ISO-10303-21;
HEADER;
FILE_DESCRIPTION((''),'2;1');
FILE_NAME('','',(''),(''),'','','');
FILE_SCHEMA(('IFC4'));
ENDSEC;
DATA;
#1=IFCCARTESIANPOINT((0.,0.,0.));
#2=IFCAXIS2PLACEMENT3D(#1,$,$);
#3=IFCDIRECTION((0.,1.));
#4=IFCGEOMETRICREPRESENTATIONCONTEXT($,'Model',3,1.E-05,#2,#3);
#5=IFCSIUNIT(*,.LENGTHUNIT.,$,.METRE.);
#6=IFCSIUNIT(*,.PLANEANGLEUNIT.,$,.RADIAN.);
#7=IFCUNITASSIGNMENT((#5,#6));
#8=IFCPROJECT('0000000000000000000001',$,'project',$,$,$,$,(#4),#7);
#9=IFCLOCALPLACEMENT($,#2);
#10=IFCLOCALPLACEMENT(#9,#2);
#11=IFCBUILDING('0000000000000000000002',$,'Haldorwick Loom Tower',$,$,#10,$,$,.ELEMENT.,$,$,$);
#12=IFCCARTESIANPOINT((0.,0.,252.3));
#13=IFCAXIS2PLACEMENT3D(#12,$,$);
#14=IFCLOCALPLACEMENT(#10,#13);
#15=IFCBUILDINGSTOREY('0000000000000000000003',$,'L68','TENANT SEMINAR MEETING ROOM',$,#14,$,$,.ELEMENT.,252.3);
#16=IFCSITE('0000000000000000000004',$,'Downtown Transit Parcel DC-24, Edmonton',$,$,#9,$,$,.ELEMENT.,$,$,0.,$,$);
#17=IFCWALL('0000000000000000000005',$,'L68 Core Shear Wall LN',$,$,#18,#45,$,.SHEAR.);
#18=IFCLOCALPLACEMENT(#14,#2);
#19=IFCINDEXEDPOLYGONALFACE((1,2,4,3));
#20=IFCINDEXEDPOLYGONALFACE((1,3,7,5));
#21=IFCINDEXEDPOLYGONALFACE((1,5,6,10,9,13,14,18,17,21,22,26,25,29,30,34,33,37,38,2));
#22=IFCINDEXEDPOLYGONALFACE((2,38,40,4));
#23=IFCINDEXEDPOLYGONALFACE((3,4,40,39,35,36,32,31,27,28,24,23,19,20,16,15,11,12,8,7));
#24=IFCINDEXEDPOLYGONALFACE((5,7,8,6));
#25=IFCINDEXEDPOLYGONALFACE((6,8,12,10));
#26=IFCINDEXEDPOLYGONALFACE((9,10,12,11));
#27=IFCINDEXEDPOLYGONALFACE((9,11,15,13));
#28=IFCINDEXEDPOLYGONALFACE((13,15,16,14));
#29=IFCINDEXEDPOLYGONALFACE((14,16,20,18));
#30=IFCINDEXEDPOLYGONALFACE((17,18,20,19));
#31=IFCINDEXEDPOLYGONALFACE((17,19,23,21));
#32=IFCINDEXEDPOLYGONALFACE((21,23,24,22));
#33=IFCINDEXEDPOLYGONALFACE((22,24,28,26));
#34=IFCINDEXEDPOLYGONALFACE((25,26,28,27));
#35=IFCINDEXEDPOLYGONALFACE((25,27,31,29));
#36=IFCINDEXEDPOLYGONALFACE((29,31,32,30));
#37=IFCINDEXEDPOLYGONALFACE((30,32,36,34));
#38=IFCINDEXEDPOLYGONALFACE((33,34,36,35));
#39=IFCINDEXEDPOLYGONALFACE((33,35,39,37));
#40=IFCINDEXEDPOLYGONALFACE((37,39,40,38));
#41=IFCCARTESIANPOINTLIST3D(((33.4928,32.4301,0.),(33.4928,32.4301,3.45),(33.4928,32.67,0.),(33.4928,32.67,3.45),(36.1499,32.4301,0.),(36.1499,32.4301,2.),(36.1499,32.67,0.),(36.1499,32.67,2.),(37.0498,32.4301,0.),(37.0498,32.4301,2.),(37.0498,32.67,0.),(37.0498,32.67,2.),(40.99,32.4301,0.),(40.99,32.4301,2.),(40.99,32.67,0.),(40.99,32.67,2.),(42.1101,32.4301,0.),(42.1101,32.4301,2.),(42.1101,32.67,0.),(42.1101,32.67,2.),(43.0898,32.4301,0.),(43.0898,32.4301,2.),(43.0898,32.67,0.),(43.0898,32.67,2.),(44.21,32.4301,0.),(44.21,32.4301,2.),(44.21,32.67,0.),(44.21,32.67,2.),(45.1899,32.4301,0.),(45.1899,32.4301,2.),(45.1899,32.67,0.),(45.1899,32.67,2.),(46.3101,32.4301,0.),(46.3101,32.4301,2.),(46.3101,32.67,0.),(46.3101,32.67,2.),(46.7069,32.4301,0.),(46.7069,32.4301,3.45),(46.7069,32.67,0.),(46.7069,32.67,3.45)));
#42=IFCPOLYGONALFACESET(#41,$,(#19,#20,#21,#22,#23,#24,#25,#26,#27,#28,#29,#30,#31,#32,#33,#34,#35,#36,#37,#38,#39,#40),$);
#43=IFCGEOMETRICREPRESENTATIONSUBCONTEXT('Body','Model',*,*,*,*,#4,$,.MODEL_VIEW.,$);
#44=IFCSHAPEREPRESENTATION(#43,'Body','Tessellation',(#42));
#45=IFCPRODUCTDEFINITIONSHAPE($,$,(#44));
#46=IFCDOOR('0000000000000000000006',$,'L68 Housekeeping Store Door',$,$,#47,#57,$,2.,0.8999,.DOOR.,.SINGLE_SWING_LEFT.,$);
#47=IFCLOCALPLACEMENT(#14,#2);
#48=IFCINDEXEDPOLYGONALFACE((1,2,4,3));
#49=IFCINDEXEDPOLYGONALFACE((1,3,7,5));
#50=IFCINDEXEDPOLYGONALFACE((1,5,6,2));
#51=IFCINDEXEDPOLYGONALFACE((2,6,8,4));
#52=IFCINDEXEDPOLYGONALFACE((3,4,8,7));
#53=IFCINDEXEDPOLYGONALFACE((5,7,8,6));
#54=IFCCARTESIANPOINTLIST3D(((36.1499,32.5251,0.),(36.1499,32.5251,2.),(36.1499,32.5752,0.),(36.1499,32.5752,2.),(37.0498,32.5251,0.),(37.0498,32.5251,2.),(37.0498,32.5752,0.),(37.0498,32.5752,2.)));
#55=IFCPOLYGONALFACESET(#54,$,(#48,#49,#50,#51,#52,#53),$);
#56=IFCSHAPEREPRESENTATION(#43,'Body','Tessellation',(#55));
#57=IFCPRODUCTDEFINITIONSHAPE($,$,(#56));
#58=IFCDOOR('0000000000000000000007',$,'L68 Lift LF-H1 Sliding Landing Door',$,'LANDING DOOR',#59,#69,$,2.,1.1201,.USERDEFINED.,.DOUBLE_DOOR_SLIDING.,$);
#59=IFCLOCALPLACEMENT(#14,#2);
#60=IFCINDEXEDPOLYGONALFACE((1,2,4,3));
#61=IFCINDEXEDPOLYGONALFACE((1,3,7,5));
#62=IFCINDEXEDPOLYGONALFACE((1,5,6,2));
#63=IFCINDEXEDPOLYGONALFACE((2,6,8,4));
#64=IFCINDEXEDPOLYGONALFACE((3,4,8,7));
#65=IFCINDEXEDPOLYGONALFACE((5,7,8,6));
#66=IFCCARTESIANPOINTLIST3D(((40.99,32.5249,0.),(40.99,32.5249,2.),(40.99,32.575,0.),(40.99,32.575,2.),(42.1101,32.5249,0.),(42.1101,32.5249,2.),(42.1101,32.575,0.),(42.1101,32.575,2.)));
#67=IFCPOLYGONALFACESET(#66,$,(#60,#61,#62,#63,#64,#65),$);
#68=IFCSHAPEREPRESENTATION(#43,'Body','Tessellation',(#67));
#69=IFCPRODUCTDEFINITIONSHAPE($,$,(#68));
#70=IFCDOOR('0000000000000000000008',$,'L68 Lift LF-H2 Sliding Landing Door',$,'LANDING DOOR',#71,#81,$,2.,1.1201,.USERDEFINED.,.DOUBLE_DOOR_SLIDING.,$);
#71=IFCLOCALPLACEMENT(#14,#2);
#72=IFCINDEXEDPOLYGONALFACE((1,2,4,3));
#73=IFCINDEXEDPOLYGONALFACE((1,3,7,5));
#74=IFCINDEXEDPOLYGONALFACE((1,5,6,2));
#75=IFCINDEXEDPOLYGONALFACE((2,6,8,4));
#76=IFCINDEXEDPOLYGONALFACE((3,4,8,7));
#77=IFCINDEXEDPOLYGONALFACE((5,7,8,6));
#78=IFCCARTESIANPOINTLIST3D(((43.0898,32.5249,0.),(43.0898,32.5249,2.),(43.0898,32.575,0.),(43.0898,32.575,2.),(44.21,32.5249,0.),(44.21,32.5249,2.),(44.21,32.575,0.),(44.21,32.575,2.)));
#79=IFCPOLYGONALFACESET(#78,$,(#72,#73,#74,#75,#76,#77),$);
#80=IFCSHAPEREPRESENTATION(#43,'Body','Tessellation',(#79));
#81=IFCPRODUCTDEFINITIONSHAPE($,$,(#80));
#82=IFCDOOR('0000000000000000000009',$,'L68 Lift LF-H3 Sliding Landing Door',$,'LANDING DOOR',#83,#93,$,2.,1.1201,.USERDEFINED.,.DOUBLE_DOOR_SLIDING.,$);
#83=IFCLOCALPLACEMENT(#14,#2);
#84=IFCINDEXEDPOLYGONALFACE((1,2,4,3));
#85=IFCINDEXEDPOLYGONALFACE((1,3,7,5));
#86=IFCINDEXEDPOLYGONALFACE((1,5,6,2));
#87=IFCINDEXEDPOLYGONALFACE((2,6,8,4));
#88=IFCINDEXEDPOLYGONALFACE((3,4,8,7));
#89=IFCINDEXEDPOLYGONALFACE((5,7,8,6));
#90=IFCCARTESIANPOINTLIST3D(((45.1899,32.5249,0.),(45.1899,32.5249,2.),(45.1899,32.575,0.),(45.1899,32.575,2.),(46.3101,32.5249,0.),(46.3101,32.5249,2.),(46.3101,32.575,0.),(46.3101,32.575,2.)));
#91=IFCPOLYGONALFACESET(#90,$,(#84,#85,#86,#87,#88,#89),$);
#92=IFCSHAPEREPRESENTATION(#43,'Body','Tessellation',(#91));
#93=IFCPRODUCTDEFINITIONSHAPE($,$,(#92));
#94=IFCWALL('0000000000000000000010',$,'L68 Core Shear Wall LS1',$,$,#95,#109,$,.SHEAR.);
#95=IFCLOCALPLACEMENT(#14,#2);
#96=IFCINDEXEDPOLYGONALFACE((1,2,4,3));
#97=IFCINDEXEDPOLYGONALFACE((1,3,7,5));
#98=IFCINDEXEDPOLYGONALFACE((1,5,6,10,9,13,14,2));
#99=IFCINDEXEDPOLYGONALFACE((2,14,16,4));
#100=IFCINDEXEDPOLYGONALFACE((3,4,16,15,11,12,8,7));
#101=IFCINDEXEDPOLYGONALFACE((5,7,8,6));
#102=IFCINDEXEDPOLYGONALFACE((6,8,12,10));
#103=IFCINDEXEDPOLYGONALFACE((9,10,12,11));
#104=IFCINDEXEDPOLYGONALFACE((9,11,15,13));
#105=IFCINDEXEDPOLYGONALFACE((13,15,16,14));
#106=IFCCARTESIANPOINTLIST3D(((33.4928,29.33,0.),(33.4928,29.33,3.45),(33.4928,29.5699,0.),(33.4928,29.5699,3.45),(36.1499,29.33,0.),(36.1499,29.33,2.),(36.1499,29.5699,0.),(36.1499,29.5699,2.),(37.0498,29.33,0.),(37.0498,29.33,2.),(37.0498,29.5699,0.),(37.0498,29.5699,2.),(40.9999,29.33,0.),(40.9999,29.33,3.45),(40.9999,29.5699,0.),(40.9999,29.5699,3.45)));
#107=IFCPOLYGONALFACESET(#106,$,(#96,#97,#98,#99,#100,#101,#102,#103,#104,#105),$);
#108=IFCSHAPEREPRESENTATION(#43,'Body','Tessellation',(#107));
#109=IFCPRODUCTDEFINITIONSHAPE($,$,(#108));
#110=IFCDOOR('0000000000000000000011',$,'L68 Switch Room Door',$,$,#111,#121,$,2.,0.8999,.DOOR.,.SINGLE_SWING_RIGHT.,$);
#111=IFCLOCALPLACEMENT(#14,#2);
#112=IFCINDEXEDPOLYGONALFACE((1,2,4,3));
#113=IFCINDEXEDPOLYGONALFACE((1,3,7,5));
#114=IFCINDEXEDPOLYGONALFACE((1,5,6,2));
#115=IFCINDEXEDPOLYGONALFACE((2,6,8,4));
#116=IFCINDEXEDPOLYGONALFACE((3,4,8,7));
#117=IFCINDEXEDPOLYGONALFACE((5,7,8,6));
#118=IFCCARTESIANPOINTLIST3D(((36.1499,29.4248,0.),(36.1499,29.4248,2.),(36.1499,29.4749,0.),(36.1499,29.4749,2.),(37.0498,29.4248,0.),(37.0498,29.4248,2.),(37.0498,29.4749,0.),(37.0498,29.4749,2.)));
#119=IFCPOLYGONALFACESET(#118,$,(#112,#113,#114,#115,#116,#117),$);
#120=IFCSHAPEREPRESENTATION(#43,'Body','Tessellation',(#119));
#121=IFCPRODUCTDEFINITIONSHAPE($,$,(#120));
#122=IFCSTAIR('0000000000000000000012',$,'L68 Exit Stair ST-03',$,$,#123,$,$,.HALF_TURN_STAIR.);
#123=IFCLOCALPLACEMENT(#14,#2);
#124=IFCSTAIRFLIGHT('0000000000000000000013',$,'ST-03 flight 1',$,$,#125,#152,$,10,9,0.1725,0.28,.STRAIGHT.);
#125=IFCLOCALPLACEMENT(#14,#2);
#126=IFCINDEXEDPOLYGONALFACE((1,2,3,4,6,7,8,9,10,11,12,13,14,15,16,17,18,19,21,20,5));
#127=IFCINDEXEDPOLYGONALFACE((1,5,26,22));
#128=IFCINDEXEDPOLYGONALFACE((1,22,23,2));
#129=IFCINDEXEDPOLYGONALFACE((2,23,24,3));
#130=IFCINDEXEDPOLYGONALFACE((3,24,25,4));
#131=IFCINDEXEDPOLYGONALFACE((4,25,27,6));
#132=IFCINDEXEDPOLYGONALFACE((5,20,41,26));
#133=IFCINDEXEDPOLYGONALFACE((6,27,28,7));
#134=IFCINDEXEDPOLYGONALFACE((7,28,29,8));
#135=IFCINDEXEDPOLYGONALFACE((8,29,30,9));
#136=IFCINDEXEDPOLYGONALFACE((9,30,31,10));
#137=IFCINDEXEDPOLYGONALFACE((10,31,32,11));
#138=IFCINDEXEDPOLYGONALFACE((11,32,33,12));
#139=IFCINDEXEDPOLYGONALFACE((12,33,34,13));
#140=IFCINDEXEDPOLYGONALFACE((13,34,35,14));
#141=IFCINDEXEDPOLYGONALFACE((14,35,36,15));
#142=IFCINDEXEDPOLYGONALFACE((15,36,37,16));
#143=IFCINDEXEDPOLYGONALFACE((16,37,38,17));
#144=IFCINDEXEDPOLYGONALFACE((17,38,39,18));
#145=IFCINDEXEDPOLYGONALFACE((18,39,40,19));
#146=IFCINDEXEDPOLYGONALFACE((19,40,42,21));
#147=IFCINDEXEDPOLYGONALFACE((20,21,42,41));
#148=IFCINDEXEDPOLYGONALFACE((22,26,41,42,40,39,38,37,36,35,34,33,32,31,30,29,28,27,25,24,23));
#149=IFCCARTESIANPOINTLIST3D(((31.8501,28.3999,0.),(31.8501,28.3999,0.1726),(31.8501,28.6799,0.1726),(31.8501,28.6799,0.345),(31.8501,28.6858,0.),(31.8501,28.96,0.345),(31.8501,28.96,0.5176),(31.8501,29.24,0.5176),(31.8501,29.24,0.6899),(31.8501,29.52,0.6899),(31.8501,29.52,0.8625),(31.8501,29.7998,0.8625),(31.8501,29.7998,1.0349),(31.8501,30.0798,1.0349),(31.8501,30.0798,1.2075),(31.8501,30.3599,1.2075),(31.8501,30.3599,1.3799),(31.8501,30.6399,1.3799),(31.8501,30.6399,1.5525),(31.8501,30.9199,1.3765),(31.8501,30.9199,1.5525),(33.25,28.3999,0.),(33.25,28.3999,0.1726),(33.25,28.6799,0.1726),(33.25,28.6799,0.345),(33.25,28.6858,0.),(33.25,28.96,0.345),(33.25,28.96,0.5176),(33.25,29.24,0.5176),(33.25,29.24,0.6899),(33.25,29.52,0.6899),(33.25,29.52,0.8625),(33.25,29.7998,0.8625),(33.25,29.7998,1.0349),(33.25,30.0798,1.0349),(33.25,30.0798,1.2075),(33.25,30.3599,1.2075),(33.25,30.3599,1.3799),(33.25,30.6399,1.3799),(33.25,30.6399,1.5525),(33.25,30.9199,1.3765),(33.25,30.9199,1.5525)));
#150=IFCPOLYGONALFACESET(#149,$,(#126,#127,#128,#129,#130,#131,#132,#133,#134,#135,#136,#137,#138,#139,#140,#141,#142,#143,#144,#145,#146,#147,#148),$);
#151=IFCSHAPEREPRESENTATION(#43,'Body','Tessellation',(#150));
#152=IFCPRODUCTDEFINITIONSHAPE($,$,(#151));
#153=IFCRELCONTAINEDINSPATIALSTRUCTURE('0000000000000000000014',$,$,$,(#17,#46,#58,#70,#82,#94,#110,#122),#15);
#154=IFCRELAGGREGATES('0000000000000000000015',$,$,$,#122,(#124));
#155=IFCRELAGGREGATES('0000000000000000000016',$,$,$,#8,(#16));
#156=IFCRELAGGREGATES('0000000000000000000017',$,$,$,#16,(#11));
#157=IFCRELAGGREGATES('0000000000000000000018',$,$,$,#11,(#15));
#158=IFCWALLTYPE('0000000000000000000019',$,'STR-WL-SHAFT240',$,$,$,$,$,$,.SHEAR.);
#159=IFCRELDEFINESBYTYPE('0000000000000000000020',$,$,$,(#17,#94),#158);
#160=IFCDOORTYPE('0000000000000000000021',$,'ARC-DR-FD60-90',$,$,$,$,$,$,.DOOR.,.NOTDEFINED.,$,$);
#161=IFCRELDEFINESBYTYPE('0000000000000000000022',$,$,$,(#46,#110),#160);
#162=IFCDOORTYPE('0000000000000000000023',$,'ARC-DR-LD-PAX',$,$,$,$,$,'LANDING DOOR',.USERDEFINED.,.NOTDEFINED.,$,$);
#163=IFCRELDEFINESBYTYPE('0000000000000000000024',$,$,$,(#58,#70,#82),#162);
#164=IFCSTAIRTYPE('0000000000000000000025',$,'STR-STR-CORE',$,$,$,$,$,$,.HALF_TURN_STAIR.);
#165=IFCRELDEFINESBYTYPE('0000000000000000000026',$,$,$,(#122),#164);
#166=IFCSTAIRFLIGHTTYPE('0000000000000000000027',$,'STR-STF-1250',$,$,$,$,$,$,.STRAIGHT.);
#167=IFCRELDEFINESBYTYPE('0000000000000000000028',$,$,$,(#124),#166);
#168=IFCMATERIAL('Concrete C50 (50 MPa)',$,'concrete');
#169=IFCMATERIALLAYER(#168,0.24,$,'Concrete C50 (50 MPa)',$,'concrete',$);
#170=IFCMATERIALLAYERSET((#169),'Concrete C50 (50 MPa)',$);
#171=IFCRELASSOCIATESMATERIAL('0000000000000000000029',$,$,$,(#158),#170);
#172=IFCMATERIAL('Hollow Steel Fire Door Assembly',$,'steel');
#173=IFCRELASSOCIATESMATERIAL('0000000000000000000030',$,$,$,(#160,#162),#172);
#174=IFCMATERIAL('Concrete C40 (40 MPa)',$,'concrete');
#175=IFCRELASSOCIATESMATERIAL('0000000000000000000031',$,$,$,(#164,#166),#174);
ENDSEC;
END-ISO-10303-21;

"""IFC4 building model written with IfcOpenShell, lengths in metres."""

from ifc_helpers import new_model, si_unit, direction, frame, frame_2d, origin, place, context, subcontext, project, spatial, polyline, rectangle, outline, extrude, material, layer, layer_set, type_object, element, fill, aggregate, save


model = new_model("IFC4")

# Units and contexts
model_context = context("Model", 3, precision=1e-05, world=origin(), true_north=direction((0.0, 1.0)))
body_context = subcontext(model_context, "Body", "Model", "MODEL_VIEW")
ifc_project = project(units=[si_unit("LENGTHUNIT", "METRE"), si_unit("PLANEANGLEUNIT", "RADIAN")], contexts=[model_context])

# Site, building, storey
site_placement = place(None, origin())
site = spatial("IfcSite", under=ifc_project, at=site_placement, Name="Downtown Transit Parcel DC-24, Edmonton", CompositionType="ELEMENT", RefElevation=0.0)
building_placement = place(site_placement, origin())
building = spatial("IfcBuilding", under=site, at=building_placement, Name="Haldorwick Loom Tower", CompositionType="ELEMENT")
storey_placement = place(building_placement, frame((0.0, 0.0, 252.3)))
storey = spatial("IfcBuildingStorey", under=building, at=storey_placement, Name="L68", Description="TENANT SEMINAR MEETING ROOM", CompositionType="ELEMENT", Elevation=252.3)

# Shared definitions
ifc_material_1 = material(Name="Concrete C50 (50 MPa)", Category="concrete")
ifc_layer = layer(ifc_material_1, 0.24, Name="Concrete C50 (50 MPa)", Category="concrete")
ifc_layer_set = layer_set([ifc_layer], Name="Concrete C50 (50 MPa)")
wall_type = type_object("IfcWallType", Name="STR-WL-SHAFT240", PredefinedType="SHEAR", material=ifc_layer_set)

# Shared definitions
ifc_material_2 = material(Name="Hollow Steel Fire Door Assembly", Category="steel")

# Wall, openings, doors
wall_1_placement = place(storey_placement, frame((33.4929, 32.55, 0.0), z_axis=(0.0, 0.0, 1.0), x_axis=(1.0, 0.0, 0.0)))
wall_1 = element("IfcWall", 1, at=wall_1_placement, inside=storey, type_object=wall_type, Name="L68 Core Shear Wall LN", PredefinedType="SHEAR", context=body_context, shape_type="SweptSolid", body=[
    extrude(rectangle(XDim=13.2141, YDim=0.24, at=frame_2d((6.6069, 0.0))), origin(), (0.0, 0.0, 1.0), 3.45),
])
opening_1_placement = place(wall_1_placement, frame((2.657, 0.0, 0.0)))
opening_1 = element("IfcOpeningElement", 2, at=opening_1_placement, cuts=wall_1, PredefinedType="OPENING", context=body_context, shape_type="SweptSolid", body=[
    extrude(rectangle(XDim=0.8999, YDim=2.0, at=frame_2d((0.45, 1.0))), frame((0.0, 0.1299, 0.0), z_axis=(0.0, -1.0, 0.0), x_axis=(1.0, 0.0, 0.0)), (0.0, 0.0, 1.0), 0.26),
])
opening_2_placement = place(wall_1_placement, frame((7.4971, 0.0, 0.0)))
opening_2 = element("IfcOpeningElement", 3, at=opening_2_placement, cuts=wall_1, PredefinedType="OPENING", context=body_context, shape_type="SweptSolid", body=[
    extrude(rectangle(XDim=1.1201, YDim=2.0, at=frame_2d((0.5601, 1.0))), frame((0.0, 0.1299, 0.0), z_axis=(0.0, -1.0, 0.0), x_axis=(1.0, 0.0, 0.0)), (0.0, 0.0, 1.0), 0.26),
])
opening_3_placement = place(wall_1_placement, frame((9.5969, 0.0, 0.0)))
opening_3 = element("IfcOpeningElement", 4, at=opening_3_placement, cuts=wall_1, PredefinedType="OPENING", context=body_context, shape_type="SweptSolid", body=[
    extrude(rectangle(XDim=1.1201, YDim=2.0, at=frame_2d((0.5601, 1.0))), frame((0.0, 0.1299, 0.0), z_axis=(0.0, -1.0, 0.0), x_axis=(1.0, 0.0, 0.0)), (0.0, 0.0, 1.0), 0.26),
])
opening_4_placement = place(wall_1_placement, frame((11.697, 0.0, 0.0)))
opening_4 = element("IfcOpeningElement", 5, at=opening_4_placement, cuts=wall_1, PredefinedType="OPENING", context=body_context, shape_type="SweptSolid", body=[
    extrude(rectangle(XDim=1.1201, YDim=2.0, at=frame_2d((0.5601, 1.0))), frame((0.0, 0.1299, 0.0), z_axis=(0.0, -1.0, 0.0), x_axis=(1.0, 0.0, 0.0)), (0.0, 0.0, 1.0), 0.26),
])
door_type_1 = type_object("IfcDoorType", Name="ARC-DR-FD60-90", OperationType="NOTDEFINED", PredefinedType="DOOR", material=ifc_material_2)
door_1_placement = place(opening_1_placement, frame((0.8999, 0.0, 0.0), z_axis=(0.0, 0.0, 1.0), x_axis=(-1.0, 0.0, 0.0)))
door_1 = element("IfcDoor", 6, at=door_1_placement, inside=storey, type_object=door_type_1, Name="L68 Housekeeping Store Door", OperationType="SINGLE_SWING_LEFT", OverallHeight=2.0, OverallWidth=0.8999, PredefinedType="DOOR", context=body_context, shape_type="SweptSolid", body=[
    extrude(rectangle(XDim=0.8999, YDim=2.0, at=frame_2d((0.45, 1.0))), frame((0.0, 0.0249, 0.0), z_axis=(0.0, -1.0, 0.0), x_axis=(1.0, 0.0, 0.0)), (0.0, 0.0, 1.0), 0.05),
])
fill(opening_1, door_1)
door_type_2 = type_object("IfcDoorType", Name="ARC-DR-LD-PAX", ElementType="LANDING DOOR", OperationType="NOTDEFINED", PredefinedType="USERDEFINED", material=ifc_material_2)
door_2_placement = place(opening_2_placement, origin())
door_2 = element("IfcDoor", 7, at=door_2_placement, inside=storey, type_object=door_type_2, Name="L68 Lift LF-H1 Sliding Landing Door", ObjectType="LANDING DOOR", OperationType="DOUBLE_DOOR_SLIDING", OverallHeight=2.0, OverallWidth=1.1201, PredefinedType="USERDEFINED", context=body_context, shape_type="SweptSolid", body=[
    extrude(rectangle(XDim=1.1201, YDim=2.0, at=frame_2d((0.5601, 1.0))), frame((0.0, 0.0249, 0.0), z_axis=(0.0, -1.0, 0.0), x_axis=(1.0, 0.0, 0.0)), (0.0, 0.0, 1.0), 0.05),
])
fill(opening_2, door_2)
door_3_placement = place(opening_3_placement, origin())
door_3 = element("IfcDoor", 8, at=door_3_placement, inside=storey, type_object=door_type_2, Name="L68 Lift LF-H2 Sliding Landing Door", ObjectType="LANDING DOOR", OperationType="DOUBLE_DOOR_SLIDING", OverallHeight=2.0, OverallWidth=1.1201, PredefinedType="USERDEFINED", context=body_context, shape_type="SweptSolid", body=[
    extrude(rectangle(XDim=1.1201, YDim=2.0, at=frame_2d((0.5601, 1.0))), frame((0.0, 0.0249, 0.0), z_axis=(0.0, -1.0, 0.0), x_axis=(1.0, 0.0, 0.0)), (0.0, 0.0, 1.0), 0.05),
])
fill(opening_3, door_3)
door_4_placement = place(opening_4_placement, origin())
door_4 = element("IfcDoor", 9, at=door_4_placement, inside=storey, type_object=door_type_2, Name="L68 Lift LF-H3 Sliding Landing Door", ObjectType="LANDING DOOR", OperationType="DOUBLE_DOOR_SLIDING", OverallHeight=2.0, OverallWidth=1.1201, PredefinedType="USERDEFINED", context=body_context, shape_type="SweptSolid", body=[
    extrude(rectangle(XDim=1.1201, YDim=2.0, at=frame_2d((0.5601, 1.0))), frame((0.0, 0.0249, 0.0), z_axis=(0.0, -1.0, 0.0), x_axis=(1.0, 0.0, 0.0)), (0.0, 0.0, 1.0), 0.05),
])
fill(opening_4, door_4)

# Wall, opening, door
wall_2_placement = place(storey_placement, frame((33.4929, 29.45, 0.0), z_axis=(0.0, 0.0, 1.0), x_axis=(1.0, 0.0, 0.0)))
wall_2 = element("IfcWall", 10, at=wall_2_placement, inside=storey, type_object=wall_type, Name="L68 Core Shear Wall LS1", PredefinedType="SHEAR", context=body_context, shape_type="SweptSolid", body=[
    extrude(rectangle(XDim=7.5071, YDim=0.24, at=frame_2d((3.7534, 0.0))), origin(), (0.0, 0.0, 1.0), 3.45),
])
opening_5_placement = place(wall_2_placement, frame((2.657, 0.0, 0.0)))
opening_5 = element("IfcOpeningElement", 11, at=opening_5_placement, cuts=wall_2, PredefinedType="OPENING", context=body_context, shape_type="SweptSolid", body=[
    extrude(rectangle(XDim=0.8999, YDim=2.0, at=frame_2d((0.45, 1.0))), frame((0.0, 0.1299, 0.0), z_axis=(0.0, -1.0, 0.0), x_axis=(1.0, 0.0, 0.0)), (0.0, 0.0, 1.0), 0.26),
])
door_5_placement = place(opening_5_placement, origin())
door_5 = element("IfcDoor", 12, at=door_5_placement, inside=storey, type_object=door_type_1, Name="L68 Switch Room Door", OperationType="SINGLE_SWING_RIGHT", OverallHeight=2.0, OverallWidth=0.8999, PredefinedType="DOOR", context=body_context, shape_type="SweptSolid", body=[
    extrude(rectangle(XDim=0.8999, YDim=2.0, at=frame_2d((0.45, 1.0))), frame((0.0, 0.0249, 0.0), z_axis=(0.0, -1.0, 0.0), x_axis=(1.0, 0.0, 0.0)), (0.0, 0.0, 1.0), 0.05),
])
fill(opening_5, door_5)

# Stair, stair flight
ifc_material_3 = material(Name="Concrete C40 (40 MPa)", Category="concrete")
stair_type = type_object("IfcStairType", Name="STR-STR-CORE", PredefinedType="HALF_TURN_STAIR", material=ifc_material_3)
stair_placement = place(storey_placement, origin())
stair = element("IfcStair", 13, at=stair_placement, inside=storey, type_object=stair_type, Name="L68 Exit Stair ST-03", PredefinedType="HALF_TURN_STAIR")
stair_flight_type = type_object("IfcStairFlightType", Name="STR-STF-1250", PredefinedType="STRAIGHT", material=ifc_material_3)
stair_flight_1_placement = place(storey_placement, frame((32.55, 28.3999, 0.0), z_axis=(0.0, 0.0, 1.0), x_axis=(0.0, 1.0, 0.0)))
stair_flight_1 = element("IfcStairFlight", 14, at=stair_flight_1_placement, type_object=stair_flight_type, Name="ST-03 flight 1", NumberOfRisers=10, NumberOfTreads=9, PredefinedType="STRAIGHT", RiserHeight=0.1725, TreadLength=0.28, context=body_context, shape_type="SweptSolid", body=[
    extrude(outline(polyline([(0.0, 0.0), (0.0, 0.1726), (0.28, 0.1726), (0.28, 0.345), (0.5601, 0.345), (0.5601, 0.5176), (0.8401, 0.5176), (0.8401, 0.6899), (1.1201, 0.6899), (1.1201, 0.8625), (1.3999, 0.8625), (1.3999, 1.0349), (1.6799, 1.0349), (1.6799, 1.2075), (1.96, 1.2075), (1.96, 1.3799), (2.24, 1.3799), (2.24, 1.5525), (2.52, 1.5525), (2.52, 1.7251), (2.52, 1.3765), (0.2859, 0.0), (0.0, 0.0)])), frame((0.0, 0.7, 0.0), z_axis=(0.0, -1.0, 0.0), x_axis=(1.0, 0.0, 0.0)), (0.0, 0.0, 1.0), 1.3999),
])
aggregate(stair, [stair_flight_1])

save(model, "model.ifc")
